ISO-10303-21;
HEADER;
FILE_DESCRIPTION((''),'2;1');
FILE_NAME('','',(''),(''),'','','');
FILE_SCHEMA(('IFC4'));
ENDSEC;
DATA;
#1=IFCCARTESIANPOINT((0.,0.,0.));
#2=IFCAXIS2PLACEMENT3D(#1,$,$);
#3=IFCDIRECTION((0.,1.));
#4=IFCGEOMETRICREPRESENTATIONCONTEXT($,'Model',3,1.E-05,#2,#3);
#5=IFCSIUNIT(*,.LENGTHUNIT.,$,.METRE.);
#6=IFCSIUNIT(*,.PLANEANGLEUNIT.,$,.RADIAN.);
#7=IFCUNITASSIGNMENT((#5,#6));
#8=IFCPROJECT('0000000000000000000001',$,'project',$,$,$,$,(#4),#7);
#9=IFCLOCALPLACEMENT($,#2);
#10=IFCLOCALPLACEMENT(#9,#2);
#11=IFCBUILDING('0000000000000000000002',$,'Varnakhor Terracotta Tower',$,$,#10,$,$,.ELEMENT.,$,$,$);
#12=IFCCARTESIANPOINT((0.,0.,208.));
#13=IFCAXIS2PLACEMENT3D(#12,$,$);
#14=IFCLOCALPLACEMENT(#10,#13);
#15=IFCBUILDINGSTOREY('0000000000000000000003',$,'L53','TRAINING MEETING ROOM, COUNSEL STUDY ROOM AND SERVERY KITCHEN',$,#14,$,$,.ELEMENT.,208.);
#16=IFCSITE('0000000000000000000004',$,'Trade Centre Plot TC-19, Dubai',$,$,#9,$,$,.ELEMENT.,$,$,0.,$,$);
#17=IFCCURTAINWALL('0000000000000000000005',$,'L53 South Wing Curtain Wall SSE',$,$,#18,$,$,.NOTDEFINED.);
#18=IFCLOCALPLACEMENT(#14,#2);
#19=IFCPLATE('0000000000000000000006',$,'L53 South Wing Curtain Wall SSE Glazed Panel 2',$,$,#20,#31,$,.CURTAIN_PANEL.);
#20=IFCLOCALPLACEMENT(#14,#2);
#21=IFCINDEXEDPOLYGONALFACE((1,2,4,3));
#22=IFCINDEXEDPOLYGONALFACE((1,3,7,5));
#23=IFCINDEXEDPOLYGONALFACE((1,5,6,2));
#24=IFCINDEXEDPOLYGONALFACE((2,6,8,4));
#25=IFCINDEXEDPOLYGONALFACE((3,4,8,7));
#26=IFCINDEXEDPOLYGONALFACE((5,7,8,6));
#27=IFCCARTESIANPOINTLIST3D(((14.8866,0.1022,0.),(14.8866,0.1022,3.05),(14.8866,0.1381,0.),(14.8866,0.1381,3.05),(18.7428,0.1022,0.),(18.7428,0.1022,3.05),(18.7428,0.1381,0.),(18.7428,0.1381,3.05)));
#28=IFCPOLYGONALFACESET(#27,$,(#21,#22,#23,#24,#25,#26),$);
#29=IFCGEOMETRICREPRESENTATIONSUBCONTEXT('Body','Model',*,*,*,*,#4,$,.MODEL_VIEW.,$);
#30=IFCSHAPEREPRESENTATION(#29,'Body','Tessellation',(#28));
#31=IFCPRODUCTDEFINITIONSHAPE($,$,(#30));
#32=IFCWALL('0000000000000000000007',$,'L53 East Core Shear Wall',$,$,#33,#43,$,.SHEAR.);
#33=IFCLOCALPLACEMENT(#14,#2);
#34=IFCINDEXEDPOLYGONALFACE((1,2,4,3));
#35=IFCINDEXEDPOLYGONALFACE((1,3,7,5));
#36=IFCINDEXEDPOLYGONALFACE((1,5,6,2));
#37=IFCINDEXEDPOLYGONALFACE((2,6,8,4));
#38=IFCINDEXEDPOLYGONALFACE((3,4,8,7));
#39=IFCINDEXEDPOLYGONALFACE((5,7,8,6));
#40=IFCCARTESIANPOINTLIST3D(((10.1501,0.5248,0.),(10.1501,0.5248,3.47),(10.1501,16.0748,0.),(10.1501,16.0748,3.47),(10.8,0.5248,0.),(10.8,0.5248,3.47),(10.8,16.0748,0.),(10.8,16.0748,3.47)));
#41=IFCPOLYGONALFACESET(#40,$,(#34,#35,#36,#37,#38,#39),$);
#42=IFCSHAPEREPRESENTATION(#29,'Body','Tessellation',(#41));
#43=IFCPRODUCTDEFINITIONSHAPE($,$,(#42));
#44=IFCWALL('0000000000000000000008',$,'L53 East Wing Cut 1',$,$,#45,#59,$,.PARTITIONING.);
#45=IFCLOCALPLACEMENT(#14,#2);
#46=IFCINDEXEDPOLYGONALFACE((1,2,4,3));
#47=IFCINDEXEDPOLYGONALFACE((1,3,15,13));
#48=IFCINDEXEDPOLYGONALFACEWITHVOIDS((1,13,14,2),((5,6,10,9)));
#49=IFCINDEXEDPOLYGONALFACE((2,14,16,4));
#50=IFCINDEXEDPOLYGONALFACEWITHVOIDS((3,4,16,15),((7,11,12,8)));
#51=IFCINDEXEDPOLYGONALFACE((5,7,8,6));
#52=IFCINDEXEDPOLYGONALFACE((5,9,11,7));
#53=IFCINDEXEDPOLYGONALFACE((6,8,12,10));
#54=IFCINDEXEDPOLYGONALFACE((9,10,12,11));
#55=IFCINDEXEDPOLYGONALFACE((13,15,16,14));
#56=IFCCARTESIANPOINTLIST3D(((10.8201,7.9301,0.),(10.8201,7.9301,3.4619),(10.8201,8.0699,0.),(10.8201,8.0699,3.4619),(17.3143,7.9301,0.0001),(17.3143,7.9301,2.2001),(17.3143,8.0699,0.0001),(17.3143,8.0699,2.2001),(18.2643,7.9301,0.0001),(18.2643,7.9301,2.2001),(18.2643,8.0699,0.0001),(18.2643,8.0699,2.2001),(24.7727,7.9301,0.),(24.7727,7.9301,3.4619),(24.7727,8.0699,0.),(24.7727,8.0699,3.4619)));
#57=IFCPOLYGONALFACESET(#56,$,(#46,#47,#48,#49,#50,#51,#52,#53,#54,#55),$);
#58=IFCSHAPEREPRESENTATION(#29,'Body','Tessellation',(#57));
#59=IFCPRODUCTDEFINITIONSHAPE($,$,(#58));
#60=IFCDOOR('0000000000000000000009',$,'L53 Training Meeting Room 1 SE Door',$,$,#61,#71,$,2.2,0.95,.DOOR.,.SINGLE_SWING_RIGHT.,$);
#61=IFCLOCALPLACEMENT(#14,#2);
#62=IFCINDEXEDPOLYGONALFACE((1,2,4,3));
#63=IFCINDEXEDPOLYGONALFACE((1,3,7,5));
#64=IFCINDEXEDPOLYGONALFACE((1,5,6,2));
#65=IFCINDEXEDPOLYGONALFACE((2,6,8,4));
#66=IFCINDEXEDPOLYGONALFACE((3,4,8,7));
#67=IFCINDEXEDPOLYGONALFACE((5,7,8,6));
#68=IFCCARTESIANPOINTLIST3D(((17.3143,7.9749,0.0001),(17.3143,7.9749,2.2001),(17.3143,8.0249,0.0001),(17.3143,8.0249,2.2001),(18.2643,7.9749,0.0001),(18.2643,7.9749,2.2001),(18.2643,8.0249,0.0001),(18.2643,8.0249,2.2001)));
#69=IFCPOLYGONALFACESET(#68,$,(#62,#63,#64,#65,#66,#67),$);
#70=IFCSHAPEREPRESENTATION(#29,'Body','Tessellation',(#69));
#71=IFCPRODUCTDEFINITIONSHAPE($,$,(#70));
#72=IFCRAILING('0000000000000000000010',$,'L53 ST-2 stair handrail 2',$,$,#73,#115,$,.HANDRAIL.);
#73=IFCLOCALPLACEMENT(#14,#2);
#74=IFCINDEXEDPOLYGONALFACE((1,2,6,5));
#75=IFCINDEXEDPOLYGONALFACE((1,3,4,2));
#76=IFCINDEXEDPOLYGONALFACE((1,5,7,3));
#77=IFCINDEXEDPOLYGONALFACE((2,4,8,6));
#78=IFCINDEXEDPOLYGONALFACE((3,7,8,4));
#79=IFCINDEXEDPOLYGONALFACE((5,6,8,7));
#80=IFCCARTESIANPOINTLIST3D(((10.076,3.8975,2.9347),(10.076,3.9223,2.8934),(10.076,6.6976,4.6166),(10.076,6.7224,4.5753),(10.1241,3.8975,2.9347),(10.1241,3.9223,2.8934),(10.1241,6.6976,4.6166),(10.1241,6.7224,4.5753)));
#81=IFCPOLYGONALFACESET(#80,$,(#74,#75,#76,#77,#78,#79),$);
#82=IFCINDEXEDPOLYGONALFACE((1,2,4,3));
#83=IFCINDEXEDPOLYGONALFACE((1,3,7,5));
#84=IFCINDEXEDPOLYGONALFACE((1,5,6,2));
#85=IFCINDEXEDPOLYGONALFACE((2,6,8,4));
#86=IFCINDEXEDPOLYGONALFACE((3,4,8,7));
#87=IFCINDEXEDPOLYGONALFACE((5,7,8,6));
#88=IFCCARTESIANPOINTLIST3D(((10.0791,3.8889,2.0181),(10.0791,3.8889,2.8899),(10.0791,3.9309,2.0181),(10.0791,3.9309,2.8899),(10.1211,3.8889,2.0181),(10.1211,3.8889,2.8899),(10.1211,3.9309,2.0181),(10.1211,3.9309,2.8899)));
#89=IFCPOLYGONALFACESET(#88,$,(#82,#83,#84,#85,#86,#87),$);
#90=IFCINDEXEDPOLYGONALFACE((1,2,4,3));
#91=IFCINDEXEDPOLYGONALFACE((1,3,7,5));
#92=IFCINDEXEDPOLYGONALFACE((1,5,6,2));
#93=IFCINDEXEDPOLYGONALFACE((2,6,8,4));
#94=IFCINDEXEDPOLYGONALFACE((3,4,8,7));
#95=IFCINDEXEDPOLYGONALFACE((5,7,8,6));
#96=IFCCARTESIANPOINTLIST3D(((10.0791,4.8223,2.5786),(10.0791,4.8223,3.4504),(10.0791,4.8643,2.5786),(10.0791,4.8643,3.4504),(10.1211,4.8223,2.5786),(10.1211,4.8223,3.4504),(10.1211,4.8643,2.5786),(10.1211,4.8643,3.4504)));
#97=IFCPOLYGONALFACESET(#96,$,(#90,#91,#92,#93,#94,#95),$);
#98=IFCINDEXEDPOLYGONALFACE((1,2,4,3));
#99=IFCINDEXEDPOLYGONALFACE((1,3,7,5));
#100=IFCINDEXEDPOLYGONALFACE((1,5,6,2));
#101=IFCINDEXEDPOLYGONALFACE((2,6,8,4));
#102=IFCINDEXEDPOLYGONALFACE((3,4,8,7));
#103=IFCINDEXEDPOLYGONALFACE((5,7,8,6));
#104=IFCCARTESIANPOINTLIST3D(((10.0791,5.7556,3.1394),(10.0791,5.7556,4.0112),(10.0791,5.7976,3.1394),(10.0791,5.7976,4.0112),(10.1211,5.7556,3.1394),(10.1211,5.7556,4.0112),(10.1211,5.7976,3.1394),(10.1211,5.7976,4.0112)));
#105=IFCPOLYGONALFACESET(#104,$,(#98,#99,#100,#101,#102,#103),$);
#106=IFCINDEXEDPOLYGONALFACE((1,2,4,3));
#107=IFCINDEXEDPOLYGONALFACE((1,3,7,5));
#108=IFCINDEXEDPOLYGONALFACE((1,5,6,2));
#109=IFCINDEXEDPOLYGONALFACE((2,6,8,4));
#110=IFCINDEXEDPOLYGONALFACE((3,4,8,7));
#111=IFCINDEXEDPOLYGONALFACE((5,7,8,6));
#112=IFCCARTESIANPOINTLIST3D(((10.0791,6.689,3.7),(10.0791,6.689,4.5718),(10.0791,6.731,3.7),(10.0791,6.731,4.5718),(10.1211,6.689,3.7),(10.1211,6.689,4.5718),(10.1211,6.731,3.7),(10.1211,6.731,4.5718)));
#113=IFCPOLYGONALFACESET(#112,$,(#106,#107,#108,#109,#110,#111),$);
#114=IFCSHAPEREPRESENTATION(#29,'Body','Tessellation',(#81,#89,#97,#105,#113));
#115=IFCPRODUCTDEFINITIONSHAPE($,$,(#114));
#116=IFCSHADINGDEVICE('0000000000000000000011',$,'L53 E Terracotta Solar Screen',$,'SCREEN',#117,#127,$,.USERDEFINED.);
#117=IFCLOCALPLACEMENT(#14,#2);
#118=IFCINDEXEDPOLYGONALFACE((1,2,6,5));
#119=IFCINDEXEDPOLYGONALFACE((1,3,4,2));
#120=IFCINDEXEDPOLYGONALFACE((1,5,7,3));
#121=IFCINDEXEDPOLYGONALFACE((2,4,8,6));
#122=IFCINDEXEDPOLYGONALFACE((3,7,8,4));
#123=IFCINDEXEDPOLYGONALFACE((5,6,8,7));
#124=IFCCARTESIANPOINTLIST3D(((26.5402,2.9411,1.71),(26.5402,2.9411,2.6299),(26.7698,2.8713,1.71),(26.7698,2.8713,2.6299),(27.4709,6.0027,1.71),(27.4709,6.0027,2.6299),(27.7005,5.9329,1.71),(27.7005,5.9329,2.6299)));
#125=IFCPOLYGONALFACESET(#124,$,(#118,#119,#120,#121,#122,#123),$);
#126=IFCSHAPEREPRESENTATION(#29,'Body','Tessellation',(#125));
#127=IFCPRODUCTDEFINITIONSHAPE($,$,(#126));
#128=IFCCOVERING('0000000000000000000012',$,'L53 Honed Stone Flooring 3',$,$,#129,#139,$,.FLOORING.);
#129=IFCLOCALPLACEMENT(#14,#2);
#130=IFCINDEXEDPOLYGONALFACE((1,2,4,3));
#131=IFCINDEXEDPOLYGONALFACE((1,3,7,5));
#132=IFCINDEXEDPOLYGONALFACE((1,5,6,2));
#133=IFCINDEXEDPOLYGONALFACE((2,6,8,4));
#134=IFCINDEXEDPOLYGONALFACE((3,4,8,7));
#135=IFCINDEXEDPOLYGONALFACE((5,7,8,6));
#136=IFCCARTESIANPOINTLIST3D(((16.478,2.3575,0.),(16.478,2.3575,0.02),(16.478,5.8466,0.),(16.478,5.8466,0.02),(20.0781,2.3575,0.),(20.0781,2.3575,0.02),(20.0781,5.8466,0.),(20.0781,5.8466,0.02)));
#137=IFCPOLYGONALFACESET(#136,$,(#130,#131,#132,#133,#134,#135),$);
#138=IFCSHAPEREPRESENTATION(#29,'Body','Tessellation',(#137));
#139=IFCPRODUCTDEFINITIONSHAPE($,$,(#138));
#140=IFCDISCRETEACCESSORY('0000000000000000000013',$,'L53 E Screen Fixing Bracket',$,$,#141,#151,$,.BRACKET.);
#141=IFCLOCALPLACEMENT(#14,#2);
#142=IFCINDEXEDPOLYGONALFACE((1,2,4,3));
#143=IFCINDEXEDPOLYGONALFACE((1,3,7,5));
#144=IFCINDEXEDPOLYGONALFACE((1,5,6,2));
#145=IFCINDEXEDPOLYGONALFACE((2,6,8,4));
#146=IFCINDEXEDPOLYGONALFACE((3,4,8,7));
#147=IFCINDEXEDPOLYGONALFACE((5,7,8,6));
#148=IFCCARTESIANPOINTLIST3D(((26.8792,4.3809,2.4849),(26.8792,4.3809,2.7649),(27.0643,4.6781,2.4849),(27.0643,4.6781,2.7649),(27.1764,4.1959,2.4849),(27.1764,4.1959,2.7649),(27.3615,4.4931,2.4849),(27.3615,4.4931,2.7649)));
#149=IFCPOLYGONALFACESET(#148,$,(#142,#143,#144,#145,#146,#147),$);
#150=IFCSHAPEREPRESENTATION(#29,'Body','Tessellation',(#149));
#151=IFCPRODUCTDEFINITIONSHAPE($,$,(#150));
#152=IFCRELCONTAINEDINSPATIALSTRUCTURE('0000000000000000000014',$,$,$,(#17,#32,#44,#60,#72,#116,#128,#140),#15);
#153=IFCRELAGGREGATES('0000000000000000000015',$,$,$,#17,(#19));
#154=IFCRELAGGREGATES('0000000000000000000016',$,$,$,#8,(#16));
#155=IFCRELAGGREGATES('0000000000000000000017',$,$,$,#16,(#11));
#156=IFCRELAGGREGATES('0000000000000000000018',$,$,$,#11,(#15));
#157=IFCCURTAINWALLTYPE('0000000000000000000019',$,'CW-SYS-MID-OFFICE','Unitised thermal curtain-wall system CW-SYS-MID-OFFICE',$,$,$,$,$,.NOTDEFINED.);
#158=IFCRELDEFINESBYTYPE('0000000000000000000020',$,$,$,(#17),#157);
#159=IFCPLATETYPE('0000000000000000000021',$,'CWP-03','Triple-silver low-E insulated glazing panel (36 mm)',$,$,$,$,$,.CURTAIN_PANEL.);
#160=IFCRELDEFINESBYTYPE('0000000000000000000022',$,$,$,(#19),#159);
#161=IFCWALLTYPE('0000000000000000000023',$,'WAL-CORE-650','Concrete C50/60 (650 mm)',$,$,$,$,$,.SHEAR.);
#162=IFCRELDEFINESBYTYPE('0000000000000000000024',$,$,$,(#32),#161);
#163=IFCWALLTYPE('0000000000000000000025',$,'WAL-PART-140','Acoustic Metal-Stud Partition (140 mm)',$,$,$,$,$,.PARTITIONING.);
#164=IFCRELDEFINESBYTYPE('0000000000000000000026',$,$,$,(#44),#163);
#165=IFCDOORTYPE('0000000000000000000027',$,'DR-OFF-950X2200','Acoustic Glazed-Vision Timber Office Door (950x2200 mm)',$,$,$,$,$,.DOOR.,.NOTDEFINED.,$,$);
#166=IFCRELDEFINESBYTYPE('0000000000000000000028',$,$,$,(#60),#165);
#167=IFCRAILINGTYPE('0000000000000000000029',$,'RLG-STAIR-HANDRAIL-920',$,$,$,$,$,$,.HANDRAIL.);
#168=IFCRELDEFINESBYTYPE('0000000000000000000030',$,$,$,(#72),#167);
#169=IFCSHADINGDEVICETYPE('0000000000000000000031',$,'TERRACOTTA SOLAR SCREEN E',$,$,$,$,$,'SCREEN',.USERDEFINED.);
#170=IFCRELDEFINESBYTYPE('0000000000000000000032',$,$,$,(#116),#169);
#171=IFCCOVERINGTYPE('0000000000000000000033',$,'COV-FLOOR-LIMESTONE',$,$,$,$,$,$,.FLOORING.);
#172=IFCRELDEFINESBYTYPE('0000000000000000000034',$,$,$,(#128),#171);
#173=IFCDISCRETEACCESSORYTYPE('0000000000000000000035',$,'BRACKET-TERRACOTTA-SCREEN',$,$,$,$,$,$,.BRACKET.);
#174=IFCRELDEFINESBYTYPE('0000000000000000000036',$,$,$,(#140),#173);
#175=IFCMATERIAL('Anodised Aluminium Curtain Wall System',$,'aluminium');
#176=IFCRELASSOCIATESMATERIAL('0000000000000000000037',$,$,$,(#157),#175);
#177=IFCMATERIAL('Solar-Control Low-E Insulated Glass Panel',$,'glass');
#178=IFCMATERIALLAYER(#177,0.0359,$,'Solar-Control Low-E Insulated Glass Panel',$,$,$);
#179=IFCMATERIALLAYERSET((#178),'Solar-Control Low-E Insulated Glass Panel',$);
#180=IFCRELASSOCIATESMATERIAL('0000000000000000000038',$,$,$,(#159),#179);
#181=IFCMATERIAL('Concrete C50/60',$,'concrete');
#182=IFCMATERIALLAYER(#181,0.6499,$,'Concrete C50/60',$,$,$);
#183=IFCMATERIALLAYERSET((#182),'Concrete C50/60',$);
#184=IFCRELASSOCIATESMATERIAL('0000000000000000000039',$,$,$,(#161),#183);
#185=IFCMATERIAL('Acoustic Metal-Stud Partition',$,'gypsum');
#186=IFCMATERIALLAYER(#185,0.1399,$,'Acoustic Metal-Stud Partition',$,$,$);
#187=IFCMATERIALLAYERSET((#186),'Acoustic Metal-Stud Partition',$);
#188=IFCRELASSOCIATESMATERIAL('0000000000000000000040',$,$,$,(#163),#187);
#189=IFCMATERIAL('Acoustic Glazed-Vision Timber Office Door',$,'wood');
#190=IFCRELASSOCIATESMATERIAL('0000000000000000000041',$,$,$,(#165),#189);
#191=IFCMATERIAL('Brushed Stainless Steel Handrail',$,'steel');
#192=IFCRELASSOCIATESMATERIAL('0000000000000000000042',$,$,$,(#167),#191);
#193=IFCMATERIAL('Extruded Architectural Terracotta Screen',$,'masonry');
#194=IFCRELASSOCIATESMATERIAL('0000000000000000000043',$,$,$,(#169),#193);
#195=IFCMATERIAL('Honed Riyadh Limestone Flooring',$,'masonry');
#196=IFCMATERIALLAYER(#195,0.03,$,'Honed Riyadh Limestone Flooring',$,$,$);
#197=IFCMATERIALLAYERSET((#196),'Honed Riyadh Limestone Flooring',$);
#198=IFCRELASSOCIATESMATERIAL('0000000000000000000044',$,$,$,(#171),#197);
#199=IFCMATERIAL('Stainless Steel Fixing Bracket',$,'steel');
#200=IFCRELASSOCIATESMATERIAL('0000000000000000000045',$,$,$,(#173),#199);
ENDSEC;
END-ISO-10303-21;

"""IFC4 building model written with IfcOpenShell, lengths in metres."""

from ifc_helpers import new_model, si_unit, direction, frame, frame_2d, origin, origin_2d, place, context, subcontext, project, spatial, rectangle, extrude, source, transform, mapped, material, layer, layer_set, type_object, type_shapes, element, fill, aggregate, save


model = new_model("IFC4")

# Units and contexts
model_context = context("Model", 3, precision=1e-05, world=origin(), true_north=direction((0.0, 1.0)))
body_context = subcontext(model_context, "Body", "Model", "MODEL_VIEW")
ifc_project = project(units=[si_unit("LENGTHUNIT", "METRE"), si_unit("PLANEANGLEUNIT", "RADIAN")], contexts=[model_context])

# Site, building, storey
site_placement = place(None, origin())
site = spatial("IfcSite", under=ifc_project, at=site_placement, Name="Trade Centre Plot TC-19, Dubai", CompositionType="ELEMENT", RefElevation=0.0)
building_placement = place(site_placement, origin())
building = spatial("IfcBuilding", under=site, at=building_placement, Name="Varnakhor Terracotta Tower", CompositionType="ELEMENT")
storey_placement = place(building_placement, frame((0.0, 0.0, 208.0)))
storey = spatial("IfcBuildingStorey", under=building, at=storey_placement, Name="L53", Description="TRAINING MEETING ROOM, COUNSEL STUDY ROOM AND SERVERY KITCHEN", CompositionType="ELEMENT", Elevation=208.0)

# Shared definitions
ifc_material_1 = material(Name="Concrete C50/60", Category="concrete")

# Curtain wall
ifc_material_2 = material(Name="Anodised Aluminium Curtain Wall System", Category="aluminium")
curtain_wall_type = type_object("IfcCurtainWallType", Name="CW-SYS-MID-OFFICE", Description="Unitised thermal curtain-wall system CW-SYS-MID-OFFICE", PredefinedType="NOTDEFINED", material=ifc_material_2)
curtain_wall_1_placement = place(storey_placement, origin())
curtain_wall_1 = element("IfcCurtainWall", 1, at=curtain_wall_1_placement, inside=storey, type_object=curtain_wall_type, Name="L53 South Wing Curtain Wall SSE", PredefinedType="NOTDEFINED")

# Shared definitions
ifc_material_3 = material(Name="Solar-Control Low-E Insulated Glass Panel", Category="glass")
ifc_layer_1 = layer(ifc_material_3, 0.0359, Name="Solar-Control Low-E Insulated Glass Panel")
ifc_layer_set_1 = layer_set([ifc_layer_1], Name="Solar-Control Low-E Insulated Glass Panel")
plate_type_1 = type_object("IfcPlateType", Name="CWP-03", Description="Triple-silver low-E insulated glazing panel (36 mm)", PredefinedType="CURTAIN_PANEL", material=ifc_layer_set_1)

# Plate
shared_shape_1 = source(origin(), body_context, "Body", "SweptSolid", [
    extrude(rectangle(XDim=3.8562, YDim=0.0359, at=origin_2d()), origin(), (0.0, 0.0, 1.0), 3.05),
])
plate_1_placement = place(storey_placement, frame((16.8147, 0.1201, 0.0), z_axis=(0.0, 0.0, 1.0), x_axis=(-1.0, 0.0, 0.0)))
plate_1 = element("IfcPlate", 2, at=plate_1_placement, type_object=plate_type_1, Name="L53 South Wing Curtain Wall SSE Glazed Panel 2", PredefinedType="CURTAIN_PANEL", context=body_context, shape_type="MappedRepresentation", body=[
    mapped(shared_shape_1, transform((0.0, 0.0, 0.0), scale=1.0)),
])
aggregate(curtain_wall_1, [plate_1])

# Wall
ifc_layer_2 = layer(ifc_material_1, 0.6499, Name="Concrete C50/60")
ifc_layer_set_2 = layer_set([ifc_layer_2], Name="Concrete C50/60")
wall_type_1 = type_object("IfcWallType", Name="WAL-CORE-650", Description="Concrete C50/60 (650 mm)", PredefinedType="SHEAR", material=ifc_layer_set_2)
wall_1_placement = place(storey_placement, frame((10.4751, 0.5249, 0.0), z_axis=(0.0, 0.0, 1.0), x_axis=(0.0, 1.0, 0.0)))
element("IfcWall", 3, at=wall_1_placement, inside=storey, type_object=wall_type_1, Name="L53 East Core Shear Wall", PredefinedType="SHEAR", context=body_context, shape_type="SweptSolid", body=[
    extrude(rectangle(XDim=15.55, YDim=0.6499, at=frame_2d((7.7749, 0.0))), origin(), (0.0, 0.0, 1.0), 3.47),
])

# Wall, opening, door
ifc_material_4 = material(Name="Acoustic Metal-Stud Partition", Category="gypsum")
ifc_layer_3 = layer(ifc_material_4, 0.1399, Name="Acoustic Metal-Stud Partition")
ifc_layer_set_3 = layer_set([ifc_layer_3], Name="Acoustic Metal-Stud Partition")
wall_type_2 = type_object("IfcWallType", Name="WAL-PART-140", Description="Acoustic Metal-Stud Partition (140 mm)", PredefinedType="PARTITIONING", material=ifc_layer_set_3)
wall_2_placement = place(storey_placement, frame((10.8201, 8.0, 0.0), z_axis=(0.0, 0.0, 1.0), x_axis=(1.0, 0.0, 0.0)))
wall_2 = element("IfcWall", 4, at=wall_2_placement, inside=storey, type_object=wall_type_2, Name="L53 East Wing Cut 1", PredefinedType="PARTITIONING", context=body_context, shape_type="SweptSolid", body=[
    extrude(rectangle(XDim=13.9526, YDim=0.1399, at=frame_2d((6.9763, 0.0))), origin(), (0.0, 0.0, 1.0), 3.4619),
])
opening_placement = place(wall_2_placement, frame((6.4941, 0.0, 0.0)))
opening = element("IfcOpeningElement", 5, at=opening_placement, cuts=wall_2, PredefinedType="OPENING", context=body_context, shape_type="SweptSolid", body=[
    extrude(rectangle(XDim=0.95, YDim=2.2, at=frame_2d((0.4751, 1.1001))), frame((0.0, 0.0801, 0.0), z_axis=(0.0, -1.0, 0.0), x_axis=(1.0, 0.0, 0.0)), (0.0, 0.0, 1.0), 0.1599),
])
ifc_material_5 = material(Name="Acoustic Glazed-Vision Timber Office Door", Category="wood")
door_type = type_object("IfcDoorType", Name="DR-OFF-950X2200", Description="Acoustic Glazed-Vision Timber Office Door (950x2200 mm)", OperationType="NOTDEFINED", PredefinedType="DOOR", material=ifc_material_5)
shared_shape_2 = source(origin(), body_context, "Body", "SweptSolid", [
    extrude(rectangle(XDim=0.95, YDim=2.2, at=frame_2d((0.4751, 1.1001))), frame((0.0, 0.0249, 0.0), z_axis=(0.0, -1.0, 0.0), x_axis=(1.0, 0.0, 0.0)), (0.0, 0.0, 1.0), 0.05),
])
type_shapes(door_type, [shared_shape_2])
door_placement = place(opening_placement, origin())
door = element("IfcDoor", 6, at=door_placement, inside=storey, type_object=door_type, Name="L53 Training Meeting Room 1 SE Door", OperationType="SINGLE_SWING_RIGHT", OverallHeight=2.2, OverallWidth=0.95, PredefinedType="DOOR", context=body_context, shape_type="MappedRepresentation", body=[
    mapped(shared_shape_2, transform((0.0, 0.0, 0.0), scale=1.0)),
])
fill(opening, door)

# Railing
ifc_material_6 = material(Name="Brushed Stainless Steel Handrail", Category="steel")
railing_type = type_object("IfcRailingType", Name="RLG-STAIR-HANDRAIL-920", PredefinedType="HANDRAIL", material=ifc_material_6)
railing_placement = place(storey_placement, frame((10.1001, 3.9099, 2.0181)))
element("IfcRailing", 7, at=railing_placement, inside=storey, type_object=railing_type, Name="L53 ST-2 stair handrail 2", PredefinedType="HANDRAIL", context=body_context, shape_type="SweptSolid", body=[
    extrude(rectangle(XDim=0.0481, YDim=0.0481, at=origin_2d()), frame((0.0, 0.0, 0.896), z_axis=(0.0, 0.857242, 0.514913), x_axis=(-1.0, 0.0, 0.0)), (0.0, 0.0, 1.0), 3.2664),
    extrude(rectangle(XDim=0.042, YDim=0.042, at=origin_2d()), origin(), (0.0, 0.0, 1.0), 0.8718),
    extrude(rectangle(XDim=0.042, YDim=0.042, at=origin_2d()), frame((0.0, 0.9333, 0.5605)), (0.0, 0.0, 1.0), 0.8718),
    extrude(rectangle(XDim=0.042, YDim=0.042, at=origin_2d()), frame((0.0, 1.8667, 1.1213)), (0.0, 0.0, 1.0), 0.8718),
    extrude(rectangle(XDim=0.042, YDim=0.042, at=origin_2d()), frame((0.0, 2.8, 1.6819)), (0.0, 0.0, 1.0), 0.8718),
])

# Shading device
ifc_material_7 = material(Name="Extruded Architectural Terracotta Screen", Category="masonry")
shading_device_type = type_object("IfcShadingDeviceType", Name="TERRACOTTA SOLAR SCREEN E", ElementType="SCREEN", PredefinedType="USERDEFINED", material=ifc_material_7)
shared_shape_3 = source(origin(), body_context, "Body", "SweptSolid", [
    extrude(rectangle(XDim=3.2, YDim=0.24, at=origin_2d()), origin(), (0.0, 0.0, 1.0), 0.9199),
])
type_shapes(shading_device_type, [shared_shape_3])
shading_device_placement = place(storey_placement, frame((27.1204, 4.437, 1.71), z_axis=(0.0, 0.0, 1.0), x_axis=(0.290836, 0.956773, 0.0)))
element("IfcShadingDevice", 8, at=shading_device_placement, inside=storey, type_object=shading_device_type, Name="L53 E Terracotta Solar Screen", ObjectType="SCREEN", PredefinedType="USERDEFINED", context=body_context, shape_type="MappedRepresentation", body=[
    mapped(shared_shape_3, transform((0.0, 0.0, 0.0), scale=1.0)),
])

# Covering
ifc_material_8 = material(Name="Honed Riyadh Limestone Flooring", Category="masonry")
ifc_layer_4 = layer(ifc_material_8, 0.03, Name="Honed Riyadh Limestone Flooring")
ifc_layer_set_4 = layer_set([ifc_layer_4], Name="Honed Riyadh Limestone Flooring")
covering_type = type_object("IfcCoveringType", Name="COV-FLOOR-LIMESTONE", PredefinedType="FLOORING", material=ifc_layer_set_4)
shared_shape_4 = source(origin(), body_context, "Body", "SweptSolid", [
    extrude(rectangle(XDim=3.6001, YDim=3.489, at=origin_2d()), origin(), (0.0, 0.0, 1.0), 0.02),
])
covering_placement = place(storey_placement, frame((18.2781, 4.1021, 0.0), z_axis=(0.0, 0.0, 1.0), x_axis=(1.0, 0.0, 0.0)))
element("IfcCovering", 9, at=covering_placement, inside=storey, type_object=covering_type, Name="L53 Honed Stone Flooring 3", PredefinedType="FLOORING", context=body_context, shape_type="MappedRepresentation", body=[
    mapped(shared_shape_4, transform((0.0, 0.0, 0.0), scale=1.0)),
])

# Discrete accessory
ifc_material_9 = material(Name="Stainless Steel Fixing Bracket", Category="steel")
discrete_accessory_type = type_object("IfcDiscreteAccessoryType", Name="BRACKET-TERRACOTTA-SCREEN", PredefinedType="BRACKET", material=ifc_material_9)
shared_shape_5 = source(origin(), body_context, "Body", "SweptSolid", [
    extrude(rectangle(XDim=0.3501, YDim=0.3501, at=origin_2d()), origin(), (0.0, 0.0, 1.0), 0.28),
])
type_shapes(discrete_accessory_type, [shared_shape_5])
discrete_accessory_placement = place(storey_placement, frame((27.1204, 4.437, 2.4849), z_axis=(0.0, 0.0, 1.0), x_axis=(0.528557, 0.848898, 0.0)))
element("IfcDiscreteAccessory", 10, at=discrete_accessory_placement, inside=storey, type_object=discrete_accessory_type, Name="L53 E Screen Fixing Bracket", PredefinedType="BRACKET", context=body_context, shape_type="MappedRepresentation", body=[
    mapped(shared_shape_5, transform((0.0, 0.0, 0.0), scale=1.0)),
])

save(model, "model.ifc")
